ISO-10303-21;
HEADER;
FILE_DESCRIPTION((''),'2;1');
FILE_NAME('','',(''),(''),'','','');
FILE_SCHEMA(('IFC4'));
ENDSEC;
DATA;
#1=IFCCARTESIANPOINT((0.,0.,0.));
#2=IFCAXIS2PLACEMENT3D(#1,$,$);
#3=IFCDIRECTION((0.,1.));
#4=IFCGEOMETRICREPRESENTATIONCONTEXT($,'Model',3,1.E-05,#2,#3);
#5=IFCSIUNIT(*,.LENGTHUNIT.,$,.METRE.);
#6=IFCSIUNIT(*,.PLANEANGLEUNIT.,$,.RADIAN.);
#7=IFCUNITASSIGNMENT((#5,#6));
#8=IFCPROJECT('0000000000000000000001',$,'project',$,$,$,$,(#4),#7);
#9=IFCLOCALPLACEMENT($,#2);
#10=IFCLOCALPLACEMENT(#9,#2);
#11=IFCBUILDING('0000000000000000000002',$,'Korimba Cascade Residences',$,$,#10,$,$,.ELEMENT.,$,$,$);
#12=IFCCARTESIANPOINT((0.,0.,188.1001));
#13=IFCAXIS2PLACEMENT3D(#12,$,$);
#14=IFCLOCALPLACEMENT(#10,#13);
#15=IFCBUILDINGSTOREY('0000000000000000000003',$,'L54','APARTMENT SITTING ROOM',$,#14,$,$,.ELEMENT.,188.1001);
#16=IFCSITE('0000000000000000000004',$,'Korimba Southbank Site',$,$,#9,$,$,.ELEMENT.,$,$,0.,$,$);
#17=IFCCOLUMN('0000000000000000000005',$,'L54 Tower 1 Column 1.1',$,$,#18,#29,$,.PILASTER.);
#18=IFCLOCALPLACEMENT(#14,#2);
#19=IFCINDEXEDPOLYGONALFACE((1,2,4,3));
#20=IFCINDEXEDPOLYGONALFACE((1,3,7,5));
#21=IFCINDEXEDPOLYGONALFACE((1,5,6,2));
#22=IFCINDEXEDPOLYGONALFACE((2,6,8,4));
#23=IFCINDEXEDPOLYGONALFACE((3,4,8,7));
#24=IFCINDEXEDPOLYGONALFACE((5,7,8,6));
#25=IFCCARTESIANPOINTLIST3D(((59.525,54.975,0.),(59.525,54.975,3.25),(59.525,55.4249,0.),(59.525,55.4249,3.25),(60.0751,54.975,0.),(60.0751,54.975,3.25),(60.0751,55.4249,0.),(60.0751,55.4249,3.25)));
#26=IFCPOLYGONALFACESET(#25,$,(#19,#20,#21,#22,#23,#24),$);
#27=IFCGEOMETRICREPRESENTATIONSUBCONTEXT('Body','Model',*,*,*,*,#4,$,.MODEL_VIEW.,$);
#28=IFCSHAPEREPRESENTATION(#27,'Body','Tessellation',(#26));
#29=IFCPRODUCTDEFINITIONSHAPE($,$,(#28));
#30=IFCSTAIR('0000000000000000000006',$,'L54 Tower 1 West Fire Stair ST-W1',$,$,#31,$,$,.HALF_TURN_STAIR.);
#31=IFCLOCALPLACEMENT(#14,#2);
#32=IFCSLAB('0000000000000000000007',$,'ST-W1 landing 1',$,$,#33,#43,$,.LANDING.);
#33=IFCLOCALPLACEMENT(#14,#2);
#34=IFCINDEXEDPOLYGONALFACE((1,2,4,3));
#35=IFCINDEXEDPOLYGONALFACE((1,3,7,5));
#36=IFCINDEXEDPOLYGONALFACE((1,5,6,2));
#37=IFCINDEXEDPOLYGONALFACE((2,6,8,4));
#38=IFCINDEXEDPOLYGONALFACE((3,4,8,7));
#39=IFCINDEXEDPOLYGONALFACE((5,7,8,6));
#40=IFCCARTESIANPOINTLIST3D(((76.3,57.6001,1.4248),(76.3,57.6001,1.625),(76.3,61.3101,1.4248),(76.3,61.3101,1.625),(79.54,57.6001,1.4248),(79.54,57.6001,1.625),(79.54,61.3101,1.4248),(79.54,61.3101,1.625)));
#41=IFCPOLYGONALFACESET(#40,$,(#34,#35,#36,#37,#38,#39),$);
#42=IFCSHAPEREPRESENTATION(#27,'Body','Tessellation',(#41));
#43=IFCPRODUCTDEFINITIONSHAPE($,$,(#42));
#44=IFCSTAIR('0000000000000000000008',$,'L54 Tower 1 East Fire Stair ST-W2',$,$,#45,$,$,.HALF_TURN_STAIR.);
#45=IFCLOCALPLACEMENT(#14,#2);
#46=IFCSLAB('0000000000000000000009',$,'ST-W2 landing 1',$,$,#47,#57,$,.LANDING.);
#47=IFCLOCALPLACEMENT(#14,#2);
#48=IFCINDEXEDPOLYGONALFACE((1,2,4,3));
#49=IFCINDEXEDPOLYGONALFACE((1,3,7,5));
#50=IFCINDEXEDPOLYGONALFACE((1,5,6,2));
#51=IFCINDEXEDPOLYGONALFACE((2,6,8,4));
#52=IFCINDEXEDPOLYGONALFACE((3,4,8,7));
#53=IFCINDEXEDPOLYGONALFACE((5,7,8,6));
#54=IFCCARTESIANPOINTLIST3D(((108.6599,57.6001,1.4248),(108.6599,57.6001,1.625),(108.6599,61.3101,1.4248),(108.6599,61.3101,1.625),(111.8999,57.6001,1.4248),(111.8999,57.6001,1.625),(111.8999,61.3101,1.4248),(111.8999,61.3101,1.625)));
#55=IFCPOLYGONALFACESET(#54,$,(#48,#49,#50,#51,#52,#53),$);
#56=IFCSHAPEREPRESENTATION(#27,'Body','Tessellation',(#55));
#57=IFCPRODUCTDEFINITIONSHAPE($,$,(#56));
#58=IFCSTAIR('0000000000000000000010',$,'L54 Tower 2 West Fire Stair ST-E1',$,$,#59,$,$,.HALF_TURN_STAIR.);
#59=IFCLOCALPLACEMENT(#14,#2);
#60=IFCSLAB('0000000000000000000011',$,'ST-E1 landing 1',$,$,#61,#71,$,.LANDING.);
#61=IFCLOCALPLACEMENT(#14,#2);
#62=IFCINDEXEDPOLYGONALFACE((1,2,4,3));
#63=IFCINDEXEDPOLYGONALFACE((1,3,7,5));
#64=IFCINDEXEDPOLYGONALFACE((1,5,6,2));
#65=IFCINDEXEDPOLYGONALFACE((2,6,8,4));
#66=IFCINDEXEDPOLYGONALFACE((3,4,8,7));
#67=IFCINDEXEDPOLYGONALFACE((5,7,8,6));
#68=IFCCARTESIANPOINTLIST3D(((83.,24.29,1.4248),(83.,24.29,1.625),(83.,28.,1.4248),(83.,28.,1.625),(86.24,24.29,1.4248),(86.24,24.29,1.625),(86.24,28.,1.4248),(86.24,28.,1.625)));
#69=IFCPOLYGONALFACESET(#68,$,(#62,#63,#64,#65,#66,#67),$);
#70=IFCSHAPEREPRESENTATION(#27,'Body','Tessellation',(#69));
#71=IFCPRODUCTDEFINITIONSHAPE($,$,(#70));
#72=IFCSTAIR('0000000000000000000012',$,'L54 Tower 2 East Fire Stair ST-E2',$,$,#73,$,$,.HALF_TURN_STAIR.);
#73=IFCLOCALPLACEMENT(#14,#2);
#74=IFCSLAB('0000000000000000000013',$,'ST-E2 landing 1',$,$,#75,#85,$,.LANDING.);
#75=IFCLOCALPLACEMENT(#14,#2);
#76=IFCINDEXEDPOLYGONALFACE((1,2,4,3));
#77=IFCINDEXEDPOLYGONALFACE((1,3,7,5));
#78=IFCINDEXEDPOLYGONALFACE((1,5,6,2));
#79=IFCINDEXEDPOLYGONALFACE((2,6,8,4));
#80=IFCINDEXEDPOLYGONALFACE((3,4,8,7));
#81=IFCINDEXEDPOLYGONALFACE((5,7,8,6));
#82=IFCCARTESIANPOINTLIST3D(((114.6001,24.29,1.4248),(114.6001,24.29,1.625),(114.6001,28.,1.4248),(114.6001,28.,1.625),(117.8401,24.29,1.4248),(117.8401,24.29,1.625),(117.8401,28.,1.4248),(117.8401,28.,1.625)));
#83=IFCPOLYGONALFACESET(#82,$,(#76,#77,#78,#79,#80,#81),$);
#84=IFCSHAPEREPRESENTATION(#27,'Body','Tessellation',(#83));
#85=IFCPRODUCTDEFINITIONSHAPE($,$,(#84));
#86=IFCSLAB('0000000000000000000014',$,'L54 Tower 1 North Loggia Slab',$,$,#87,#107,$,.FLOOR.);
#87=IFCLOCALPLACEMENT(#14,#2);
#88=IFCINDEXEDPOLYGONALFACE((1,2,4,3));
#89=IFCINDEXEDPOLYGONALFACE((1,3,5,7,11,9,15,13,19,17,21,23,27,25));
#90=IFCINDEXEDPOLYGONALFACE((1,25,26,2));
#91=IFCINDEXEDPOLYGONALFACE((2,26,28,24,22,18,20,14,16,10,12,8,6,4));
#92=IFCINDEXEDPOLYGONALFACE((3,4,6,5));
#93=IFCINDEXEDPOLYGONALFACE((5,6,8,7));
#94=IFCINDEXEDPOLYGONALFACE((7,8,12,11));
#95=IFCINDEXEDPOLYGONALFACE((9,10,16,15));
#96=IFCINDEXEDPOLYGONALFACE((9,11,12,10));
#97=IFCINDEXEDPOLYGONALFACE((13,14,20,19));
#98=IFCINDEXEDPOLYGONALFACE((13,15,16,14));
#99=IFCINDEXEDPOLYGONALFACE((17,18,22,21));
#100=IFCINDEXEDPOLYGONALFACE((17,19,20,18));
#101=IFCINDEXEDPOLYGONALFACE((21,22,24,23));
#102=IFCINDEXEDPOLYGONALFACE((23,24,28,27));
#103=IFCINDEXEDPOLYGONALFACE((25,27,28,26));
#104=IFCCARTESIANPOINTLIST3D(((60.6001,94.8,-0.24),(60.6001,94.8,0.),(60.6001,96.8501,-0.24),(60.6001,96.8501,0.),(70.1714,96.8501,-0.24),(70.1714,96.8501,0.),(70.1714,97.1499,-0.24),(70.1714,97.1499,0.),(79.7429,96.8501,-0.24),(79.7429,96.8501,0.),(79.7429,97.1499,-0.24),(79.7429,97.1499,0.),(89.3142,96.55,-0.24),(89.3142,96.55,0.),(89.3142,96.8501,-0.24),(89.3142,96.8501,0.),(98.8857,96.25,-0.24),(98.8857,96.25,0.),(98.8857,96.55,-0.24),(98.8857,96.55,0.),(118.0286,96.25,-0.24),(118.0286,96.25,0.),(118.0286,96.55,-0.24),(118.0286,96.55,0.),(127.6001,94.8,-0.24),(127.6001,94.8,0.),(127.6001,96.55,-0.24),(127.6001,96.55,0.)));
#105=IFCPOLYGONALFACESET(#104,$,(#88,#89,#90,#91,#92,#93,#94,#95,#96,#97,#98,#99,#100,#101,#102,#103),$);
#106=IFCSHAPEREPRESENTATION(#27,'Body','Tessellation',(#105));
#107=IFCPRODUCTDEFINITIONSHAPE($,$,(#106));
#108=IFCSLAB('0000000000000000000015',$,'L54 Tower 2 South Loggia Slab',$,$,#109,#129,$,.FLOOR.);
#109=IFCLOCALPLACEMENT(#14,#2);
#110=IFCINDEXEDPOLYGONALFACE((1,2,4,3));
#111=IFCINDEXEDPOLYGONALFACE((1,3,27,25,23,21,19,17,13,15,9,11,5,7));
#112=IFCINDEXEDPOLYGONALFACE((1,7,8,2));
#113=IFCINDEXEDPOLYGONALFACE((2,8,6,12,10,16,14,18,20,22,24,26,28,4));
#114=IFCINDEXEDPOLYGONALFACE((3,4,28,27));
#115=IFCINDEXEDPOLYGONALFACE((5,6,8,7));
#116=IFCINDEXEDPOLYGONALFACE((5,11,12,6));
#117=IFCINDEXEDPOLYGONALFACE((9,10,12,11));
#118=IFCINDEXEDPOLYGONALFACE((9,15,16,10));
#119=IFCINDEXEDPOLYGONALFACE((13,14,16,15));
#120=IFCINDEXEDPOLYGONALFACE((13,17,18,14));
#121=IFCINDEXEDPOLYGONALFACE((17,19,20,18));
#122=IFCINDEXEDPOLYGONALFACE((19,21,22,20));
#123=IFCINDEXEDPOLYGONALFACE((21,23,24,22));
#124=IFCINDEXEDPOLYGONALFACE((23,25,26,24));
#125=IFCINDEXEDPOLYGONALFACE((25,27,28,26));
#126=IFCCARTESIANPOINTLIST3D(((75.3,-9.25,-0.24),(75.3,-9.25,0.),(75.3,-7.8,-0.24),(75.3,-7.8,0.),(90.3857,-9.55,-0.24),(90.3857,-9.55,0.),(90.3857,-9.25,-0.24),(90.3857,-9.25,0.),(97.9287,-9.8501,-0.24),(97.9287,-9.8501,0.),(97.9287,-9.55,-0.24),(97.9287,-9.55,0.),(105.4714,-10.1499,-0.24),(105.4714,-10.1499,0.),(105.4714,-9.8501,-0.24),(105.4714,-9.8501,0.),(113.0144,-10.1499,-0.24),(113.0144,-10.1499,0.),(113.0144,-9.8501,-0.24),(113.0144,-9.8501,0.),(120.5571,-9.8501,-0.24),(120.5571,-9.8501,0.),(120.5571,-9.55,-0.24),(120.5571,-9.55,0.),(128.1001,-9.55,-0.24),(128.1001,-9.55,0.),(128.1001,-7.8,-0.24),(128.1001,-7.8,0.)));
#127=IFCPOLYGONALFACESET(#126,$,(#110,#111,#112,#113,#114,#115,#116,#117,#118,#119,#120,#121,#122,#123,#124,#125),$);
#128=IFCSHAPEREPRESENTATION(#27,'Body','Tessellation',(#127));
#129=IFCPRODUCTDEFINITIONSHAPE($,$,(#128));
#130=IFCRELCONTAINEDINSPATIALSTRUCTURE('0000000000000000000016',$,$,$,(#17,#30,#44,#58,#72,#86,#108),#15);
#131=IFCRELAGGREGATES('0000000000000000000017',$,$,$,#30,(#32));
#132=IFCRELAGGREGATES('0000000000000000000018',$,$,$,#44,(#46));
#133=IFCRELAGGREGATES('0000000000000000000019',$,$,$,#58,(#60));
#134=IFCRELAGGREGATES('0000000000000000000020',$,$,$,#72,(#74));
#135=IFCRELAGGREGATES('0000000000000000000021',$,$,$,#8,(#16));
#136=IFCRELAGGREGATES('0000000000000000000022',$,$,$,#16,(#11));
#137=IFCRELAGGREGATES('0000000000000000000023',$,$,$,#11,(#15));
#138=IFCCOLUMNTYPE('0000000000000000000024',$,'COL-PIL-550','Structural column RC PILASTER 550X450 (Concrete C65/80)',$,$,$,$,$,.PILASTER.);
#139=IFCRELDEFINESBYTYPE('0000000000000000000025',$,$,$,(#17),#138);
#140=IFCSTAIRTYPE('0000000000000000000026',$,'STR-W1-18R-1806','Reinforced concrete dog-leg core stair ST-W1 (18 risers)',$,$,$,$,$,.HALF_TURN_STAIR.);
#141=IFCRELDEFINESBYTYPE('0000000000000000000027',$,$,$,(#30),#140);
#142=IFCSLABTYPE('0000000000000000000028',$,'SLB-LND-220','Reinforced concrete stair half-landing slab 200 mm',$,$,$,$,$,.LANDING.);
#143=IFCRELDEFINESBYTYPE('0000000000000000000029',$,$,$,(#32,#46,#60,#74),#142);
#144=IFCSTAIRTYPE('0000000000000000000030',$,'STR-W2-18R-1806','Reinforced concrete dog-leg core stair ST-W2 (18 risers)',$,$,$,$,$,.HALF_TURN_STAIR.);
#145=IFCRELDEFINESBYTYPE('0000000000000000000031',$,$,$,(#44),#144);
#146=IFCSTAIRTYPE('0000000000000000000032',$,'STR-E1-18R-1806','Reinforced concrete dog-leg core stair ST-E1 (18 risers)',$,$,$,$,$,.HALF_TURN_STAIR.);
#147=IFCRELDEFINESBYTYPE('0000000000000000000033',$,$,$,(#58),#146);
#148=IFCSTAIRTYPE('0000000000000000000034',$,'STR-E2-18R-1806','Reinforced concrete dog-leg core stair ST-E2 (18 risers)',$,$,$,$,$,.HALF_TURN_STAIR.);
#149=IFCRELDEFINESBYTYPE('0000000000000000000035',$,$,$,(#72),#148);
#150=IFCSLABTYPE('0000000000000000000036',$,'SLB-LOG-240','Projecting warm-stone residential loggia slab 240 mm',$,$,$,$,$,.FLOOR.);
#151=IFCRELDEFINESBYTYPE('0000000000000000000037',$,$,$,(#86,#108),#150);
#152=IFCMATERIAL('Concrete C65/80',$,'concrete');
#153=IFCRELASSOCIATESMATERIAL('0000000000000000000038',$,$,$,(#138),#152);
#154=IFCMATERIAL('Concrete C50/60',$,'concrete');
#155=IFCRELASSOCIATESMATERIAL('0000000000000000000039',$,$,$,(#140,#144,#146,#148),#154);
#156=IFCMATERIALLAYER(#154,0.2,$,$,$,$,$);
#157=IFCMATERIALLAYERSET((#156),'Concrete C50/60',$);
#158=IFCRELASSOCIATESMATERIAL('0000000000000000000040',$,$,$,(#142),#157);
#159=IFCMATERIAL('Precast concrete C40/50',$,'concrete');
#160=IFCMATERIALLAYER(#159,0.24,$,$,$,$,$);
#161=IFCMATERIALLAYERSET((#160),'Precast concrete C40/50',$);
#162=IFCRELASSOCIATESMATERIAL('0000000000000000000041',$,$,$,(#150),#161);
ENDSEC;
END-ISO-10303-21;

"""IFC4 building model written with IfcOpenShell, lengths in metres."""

from ifc_helpers import new_model, si_unit, direction, frame, origin, origin_2d, place, context, subcontext, project, spatial, polyline, rectangle, outline, extrude, material, layer, layer_set, material_profile, profile_set, type_object, element, aggregate, save


model = new_model("IFC4")

# Units and contexts
model_context = context("Model", 3, precision=1e-05, world=origin(), true_north=direction((0.0, 1.0)))
body_context = subcontext(model_context, "Body", "Model", "MODEL_VIEW")
ifc_project = project(units=[si_unit("LENGTHUNIT", "METRE"), si_unit("PLANEANGLEUNIT", "RADIAN")], contexts=[model_context])

# Site, building, storey
site_placement = place(None, origin())
site = spatial("IfcSite", under=ifc_project, at=site_placement, Name="Korimba Southbank Site", CompositionType="ELEMENT", RefElevation=0.0)
building_placement = place(site_placement, origin())
building = spatial("IfcBuilding", under=site, at=building_placement, Name="Korimba Cascade Residences", CompositionType="ELEMENT")
storey_placement = place(building_placement, frame((0.0, 0.0, 188.1001)))
storey = spatial("IfcBuildingStorey", under=building, at=storey_placement, Name="L54", Description="APARTMENT SITTING ROOM", CompositionType="ELEMENT", Elevation=188.1001)

# Column
ifc_material_1 = material(Name="Concrete C65/80", Category="concrete")
ifc_material_profile = material_profile(ifc_material_1, rectangle(XDim=0.55, YDim=0.45, at=origin_2d()), Name="Concrete C65/80")
ifc_profile_set = profile_set([ifc_material_profile], Name="Concrete C65/80")
column_type = type_object("IfcColumnType", Name="COL-PIL-550", Description="Structural column RC PILASTER 550X450 (Concrete C65/80)", PredefinedType="PILASTER", material=ifc_profile_set)
column_placement = place(storey_placement, frame((59.8, 55.2, 0.0), z_axis=(0.0, 0.0, 1.0), x_axis=(1.0, 0.0, 0.0)))
element("IfcColumn", 1, at=column_placement, inside=storey, type_object=column_type, Name="L54 Tower 1 Column 1.1", PredefinedType="PILASTER", context=body_context, shape_type="SweptSolid", body=[
    extrude(rectangle(XDim=0.55, YDim=0.45, at=origin_2d()), origin(), (0.0, 0.0, 1.0), 3.25),
])

# Stairs, slabs
ifc_material_2 = material(Name="Concrete C50/60", Category="concrete")
stair_type_1 = type_object("IfcStairType", Name="STR-W1-18R-1806", Description="Reinforced concrete dog-leg core stair ST-W1 (18 risers)", PredefinedType="HALF_TURN_STAIR", material=ifc_material_2)
stair_1_placement = place(storey_placement, origin())
stair_1 = element("IfcStair", 2, at=stair_1_placement, inside=storey, type_object=stair_type_1, Name="L54 Tower 1 West Fire Stair ST-W1", PredefinedType="HALF_TURN_STAIR")
ifc_layer_1 = layer(ifc_material_2, 0.2)
ifc_layer_set_1 = layer_set([ifc_layer_1], Name="Concrete C50/60")
slab_type_1 = type_object("IfcSlabType", Name="SLB-LND-220", Description="Reinforced concrete stair half-landing slab 200 mm", PredefinedType="LANDING", material=ifc_layer_set_1)
slab_1_placement = place(storey_placement, frame((0.0, 0.0, 1.4248)))
slab_1 = element("IfcSlab", 3, at=slab_1_placement, type_object=slab_type_1, Name="ST-W1 landing 1", PredefinedType="LANDING", context=body_context, shape_type="SweptSolid", body=[
    extrude(outline(polyline([(76.3, 61.3101), (76.3, 57.6001), (79.54, 57.6001), (79.54, 61.3101), (76.3, 61.3101)])), origin(), (0.0, 0.0, 1.0), 0.2002),
])
aggregate(stair_1, [slab_1])
stair_type_2 = type_object("IfcStairType", Name="STR-W2-18R-1806", Description="Reinforced concrete dog-leg core stair ST-W2 (18 risers)", PredefinedType="HALF_TURN_STAIR", material=ifc_material_2)
stair_2_placement = place(storey_placement, origin())
stair_2 = element("IfcStair", 4, at=stair_2_placement, inside=storey, type_object=stair_type_2, Name="L54 Tower 1 East Fire Stair ST-W2", PredefinedType="HALF_TURN_STAIR")
slab_2_placement = place(storey_placement, frame((0.0, 0.0, 1.4248)))
slab_2 = element("IfcSlab", 5, at=slab_2_placement, type_object=slab_type_1, Name="ST-W2 landing 1", PredefinedType="LANDING", context=body_context, shape_type="SweptSolid", body=[
    extrude(outline(polyline([(108.6599, 61.3101), (108.6599, 57.6001), (111.8999, 57.6001), (111.8999, 61.3101), (108.6599, 61.3101)])), origin(), (0.0, 0.0, 1.0), 0.2002),
])
aggregate(stair_2, [slab_2])
stair_type_3 = type_object("IfcStairType", Name="STR-E1-18R-1806", Description="Reinforced concrete dog-leg core stair ST-E1 (18 risers)", PredefinedType="HALF_TURN_STAIR", material=ifc_material_2)
stair_3_placement = place(storey_placement, origin())
stair_3 = element("IfcStair", 6, at=stair_3_placement, inside=storey, type_object=stair_type_3, Name="L54 Tower 2 West Fire Stair ST-E1", PredefinedType="HALF_TURN_STAIR")
slab_3_placement = place(storey_placement, frame((0.0, 0.0, 1.4248)))
slab_3 = element("IfcSlab", 7, at=slab_3_placement, type_object=slab_type_1, Name="ST-E1 landing 1", PredefinedType="LANDING", context=body_context, shape_type="SweptSolid", body=[
    extrude(outline(polyline([(86.24, 24.29), (86.24, 28.0), (83.0, 28.0), (83.0, 24.29), (86.24, 24.29)])), origin(), (0.0, 0.0, 1.0), 0.2002),
])
aggregate(stair_3, [slab_3])
stair_type_4 = type_object("IfcStairType", Name="STR-E2-18R-1806", Description="Reinforced concrete dog-leg core stair ST-E2 (18 risers)", PredefinedType="HALF_TURN_STAIR", material=ifc_material_2)
stair_4_placement = place(storey_placement, origin())
stair_4 = element("IfcStair", 8, at=stair_4_placement, inside=storey, type_object=stair_type_4, Name="L54 Tower 2 East Fire Stair ST-E2", PredefinedType="HALF_TURN_STAIR")
slab_4_placement = place(storey_placement, frame((0.0, 0.0, 1.4248)))
slab_4 = element("IfcSlab", 9, at=slab_4_placement, type_object=slab_type_1, Name="ST-E2 landing 1", PredefinedType="LANDING", context=body_context, shape_type="SweptSolid", body=[
    extrude(outline(polyline([(117.8401, 24.29), (117.8401, 28.0), (114.6001, 28.0), (114.6001, 24.29), (117.8401, 24.29)])), origin(), (0.0, 0.0, 1.0), 0.2002),
])
aggregate(stair_4, [slab_4])

# Slabs
ifc_material_3 = material(Name="Precast concrete C40/50", Category="concrete")
ifc_layer_2 = layer(ifc_material_3, 0.24)
ifc_layer_set_2 = layer_set([ifc_layer_2], Name="Precast concrete C40/50")
slab_type_2 = type_object("IfcSlabType", Name="SLB-LOG-240", Description="Projecting warm-stone residential loggia slab 240 mm", PredefinedType="FLOOR", material=ifc_layer_set_2)
slab_5_placement = place(storey_placement, frame((0.0, 0.0, -0.24)))
element("IfcSlab", 10, at=slab_5_placement, inside=storey, type_object=slab_type_2, Name="L54 Tower 1 North Loggia Slab", PredefinedType="FLOOR", context=body_context, shape_type="SweptSolid", body=[
    extrude(outline(polyline([(60.6001, 94.8), (127.6001, 94.8), (127.6001, 96.55), (118.0286, 96.55), (118.0286, 96.25), (98.8857, 96.25), (98.8857, 96.55), (89.3142, 96.55), (89.3142, 96.8501), (79.7429, 96.8501), (79.7429, 97.1499), (70.1714, 97.1499), (70.1714, 96.8501), (60.6001, 96.8501), (60.6001, 94.8)])), origin(), (0.0, 0.0, 1.0), 0.24),
])
slab_6_placement = place(storey_placement, frame((0.0, 0.0, -0.24)))
element("IfcSlab", 11, at=slab_6_placement, inside=storey, type_object=slab_type_2, Name="L54 Tower 2 South Loggia Slab", PredefinedType="FLOOR", context=body_context, shape_type="SweptSolid", body=[
    extrude(outline(polyline([(75.3, -9.25), (90.3857, -9.25), (90.3857, -9.55), (97.9287, -9.55), (97.9287, -9.8501), (105.4714, -9.8501), (105.4714, -10.1499), (113.0144, -10.1499), (113.0144, -9.8501), (120.5571, -9.8501), (120.5571, -9.55), (128.1001, -9.55), (128.1001, -7.8), (75.3, -7.8), (75.3, -9.25)])), origin(), (0.0, 0.0, 1.0), 0.24),
])

save(model, "model.ifc")
